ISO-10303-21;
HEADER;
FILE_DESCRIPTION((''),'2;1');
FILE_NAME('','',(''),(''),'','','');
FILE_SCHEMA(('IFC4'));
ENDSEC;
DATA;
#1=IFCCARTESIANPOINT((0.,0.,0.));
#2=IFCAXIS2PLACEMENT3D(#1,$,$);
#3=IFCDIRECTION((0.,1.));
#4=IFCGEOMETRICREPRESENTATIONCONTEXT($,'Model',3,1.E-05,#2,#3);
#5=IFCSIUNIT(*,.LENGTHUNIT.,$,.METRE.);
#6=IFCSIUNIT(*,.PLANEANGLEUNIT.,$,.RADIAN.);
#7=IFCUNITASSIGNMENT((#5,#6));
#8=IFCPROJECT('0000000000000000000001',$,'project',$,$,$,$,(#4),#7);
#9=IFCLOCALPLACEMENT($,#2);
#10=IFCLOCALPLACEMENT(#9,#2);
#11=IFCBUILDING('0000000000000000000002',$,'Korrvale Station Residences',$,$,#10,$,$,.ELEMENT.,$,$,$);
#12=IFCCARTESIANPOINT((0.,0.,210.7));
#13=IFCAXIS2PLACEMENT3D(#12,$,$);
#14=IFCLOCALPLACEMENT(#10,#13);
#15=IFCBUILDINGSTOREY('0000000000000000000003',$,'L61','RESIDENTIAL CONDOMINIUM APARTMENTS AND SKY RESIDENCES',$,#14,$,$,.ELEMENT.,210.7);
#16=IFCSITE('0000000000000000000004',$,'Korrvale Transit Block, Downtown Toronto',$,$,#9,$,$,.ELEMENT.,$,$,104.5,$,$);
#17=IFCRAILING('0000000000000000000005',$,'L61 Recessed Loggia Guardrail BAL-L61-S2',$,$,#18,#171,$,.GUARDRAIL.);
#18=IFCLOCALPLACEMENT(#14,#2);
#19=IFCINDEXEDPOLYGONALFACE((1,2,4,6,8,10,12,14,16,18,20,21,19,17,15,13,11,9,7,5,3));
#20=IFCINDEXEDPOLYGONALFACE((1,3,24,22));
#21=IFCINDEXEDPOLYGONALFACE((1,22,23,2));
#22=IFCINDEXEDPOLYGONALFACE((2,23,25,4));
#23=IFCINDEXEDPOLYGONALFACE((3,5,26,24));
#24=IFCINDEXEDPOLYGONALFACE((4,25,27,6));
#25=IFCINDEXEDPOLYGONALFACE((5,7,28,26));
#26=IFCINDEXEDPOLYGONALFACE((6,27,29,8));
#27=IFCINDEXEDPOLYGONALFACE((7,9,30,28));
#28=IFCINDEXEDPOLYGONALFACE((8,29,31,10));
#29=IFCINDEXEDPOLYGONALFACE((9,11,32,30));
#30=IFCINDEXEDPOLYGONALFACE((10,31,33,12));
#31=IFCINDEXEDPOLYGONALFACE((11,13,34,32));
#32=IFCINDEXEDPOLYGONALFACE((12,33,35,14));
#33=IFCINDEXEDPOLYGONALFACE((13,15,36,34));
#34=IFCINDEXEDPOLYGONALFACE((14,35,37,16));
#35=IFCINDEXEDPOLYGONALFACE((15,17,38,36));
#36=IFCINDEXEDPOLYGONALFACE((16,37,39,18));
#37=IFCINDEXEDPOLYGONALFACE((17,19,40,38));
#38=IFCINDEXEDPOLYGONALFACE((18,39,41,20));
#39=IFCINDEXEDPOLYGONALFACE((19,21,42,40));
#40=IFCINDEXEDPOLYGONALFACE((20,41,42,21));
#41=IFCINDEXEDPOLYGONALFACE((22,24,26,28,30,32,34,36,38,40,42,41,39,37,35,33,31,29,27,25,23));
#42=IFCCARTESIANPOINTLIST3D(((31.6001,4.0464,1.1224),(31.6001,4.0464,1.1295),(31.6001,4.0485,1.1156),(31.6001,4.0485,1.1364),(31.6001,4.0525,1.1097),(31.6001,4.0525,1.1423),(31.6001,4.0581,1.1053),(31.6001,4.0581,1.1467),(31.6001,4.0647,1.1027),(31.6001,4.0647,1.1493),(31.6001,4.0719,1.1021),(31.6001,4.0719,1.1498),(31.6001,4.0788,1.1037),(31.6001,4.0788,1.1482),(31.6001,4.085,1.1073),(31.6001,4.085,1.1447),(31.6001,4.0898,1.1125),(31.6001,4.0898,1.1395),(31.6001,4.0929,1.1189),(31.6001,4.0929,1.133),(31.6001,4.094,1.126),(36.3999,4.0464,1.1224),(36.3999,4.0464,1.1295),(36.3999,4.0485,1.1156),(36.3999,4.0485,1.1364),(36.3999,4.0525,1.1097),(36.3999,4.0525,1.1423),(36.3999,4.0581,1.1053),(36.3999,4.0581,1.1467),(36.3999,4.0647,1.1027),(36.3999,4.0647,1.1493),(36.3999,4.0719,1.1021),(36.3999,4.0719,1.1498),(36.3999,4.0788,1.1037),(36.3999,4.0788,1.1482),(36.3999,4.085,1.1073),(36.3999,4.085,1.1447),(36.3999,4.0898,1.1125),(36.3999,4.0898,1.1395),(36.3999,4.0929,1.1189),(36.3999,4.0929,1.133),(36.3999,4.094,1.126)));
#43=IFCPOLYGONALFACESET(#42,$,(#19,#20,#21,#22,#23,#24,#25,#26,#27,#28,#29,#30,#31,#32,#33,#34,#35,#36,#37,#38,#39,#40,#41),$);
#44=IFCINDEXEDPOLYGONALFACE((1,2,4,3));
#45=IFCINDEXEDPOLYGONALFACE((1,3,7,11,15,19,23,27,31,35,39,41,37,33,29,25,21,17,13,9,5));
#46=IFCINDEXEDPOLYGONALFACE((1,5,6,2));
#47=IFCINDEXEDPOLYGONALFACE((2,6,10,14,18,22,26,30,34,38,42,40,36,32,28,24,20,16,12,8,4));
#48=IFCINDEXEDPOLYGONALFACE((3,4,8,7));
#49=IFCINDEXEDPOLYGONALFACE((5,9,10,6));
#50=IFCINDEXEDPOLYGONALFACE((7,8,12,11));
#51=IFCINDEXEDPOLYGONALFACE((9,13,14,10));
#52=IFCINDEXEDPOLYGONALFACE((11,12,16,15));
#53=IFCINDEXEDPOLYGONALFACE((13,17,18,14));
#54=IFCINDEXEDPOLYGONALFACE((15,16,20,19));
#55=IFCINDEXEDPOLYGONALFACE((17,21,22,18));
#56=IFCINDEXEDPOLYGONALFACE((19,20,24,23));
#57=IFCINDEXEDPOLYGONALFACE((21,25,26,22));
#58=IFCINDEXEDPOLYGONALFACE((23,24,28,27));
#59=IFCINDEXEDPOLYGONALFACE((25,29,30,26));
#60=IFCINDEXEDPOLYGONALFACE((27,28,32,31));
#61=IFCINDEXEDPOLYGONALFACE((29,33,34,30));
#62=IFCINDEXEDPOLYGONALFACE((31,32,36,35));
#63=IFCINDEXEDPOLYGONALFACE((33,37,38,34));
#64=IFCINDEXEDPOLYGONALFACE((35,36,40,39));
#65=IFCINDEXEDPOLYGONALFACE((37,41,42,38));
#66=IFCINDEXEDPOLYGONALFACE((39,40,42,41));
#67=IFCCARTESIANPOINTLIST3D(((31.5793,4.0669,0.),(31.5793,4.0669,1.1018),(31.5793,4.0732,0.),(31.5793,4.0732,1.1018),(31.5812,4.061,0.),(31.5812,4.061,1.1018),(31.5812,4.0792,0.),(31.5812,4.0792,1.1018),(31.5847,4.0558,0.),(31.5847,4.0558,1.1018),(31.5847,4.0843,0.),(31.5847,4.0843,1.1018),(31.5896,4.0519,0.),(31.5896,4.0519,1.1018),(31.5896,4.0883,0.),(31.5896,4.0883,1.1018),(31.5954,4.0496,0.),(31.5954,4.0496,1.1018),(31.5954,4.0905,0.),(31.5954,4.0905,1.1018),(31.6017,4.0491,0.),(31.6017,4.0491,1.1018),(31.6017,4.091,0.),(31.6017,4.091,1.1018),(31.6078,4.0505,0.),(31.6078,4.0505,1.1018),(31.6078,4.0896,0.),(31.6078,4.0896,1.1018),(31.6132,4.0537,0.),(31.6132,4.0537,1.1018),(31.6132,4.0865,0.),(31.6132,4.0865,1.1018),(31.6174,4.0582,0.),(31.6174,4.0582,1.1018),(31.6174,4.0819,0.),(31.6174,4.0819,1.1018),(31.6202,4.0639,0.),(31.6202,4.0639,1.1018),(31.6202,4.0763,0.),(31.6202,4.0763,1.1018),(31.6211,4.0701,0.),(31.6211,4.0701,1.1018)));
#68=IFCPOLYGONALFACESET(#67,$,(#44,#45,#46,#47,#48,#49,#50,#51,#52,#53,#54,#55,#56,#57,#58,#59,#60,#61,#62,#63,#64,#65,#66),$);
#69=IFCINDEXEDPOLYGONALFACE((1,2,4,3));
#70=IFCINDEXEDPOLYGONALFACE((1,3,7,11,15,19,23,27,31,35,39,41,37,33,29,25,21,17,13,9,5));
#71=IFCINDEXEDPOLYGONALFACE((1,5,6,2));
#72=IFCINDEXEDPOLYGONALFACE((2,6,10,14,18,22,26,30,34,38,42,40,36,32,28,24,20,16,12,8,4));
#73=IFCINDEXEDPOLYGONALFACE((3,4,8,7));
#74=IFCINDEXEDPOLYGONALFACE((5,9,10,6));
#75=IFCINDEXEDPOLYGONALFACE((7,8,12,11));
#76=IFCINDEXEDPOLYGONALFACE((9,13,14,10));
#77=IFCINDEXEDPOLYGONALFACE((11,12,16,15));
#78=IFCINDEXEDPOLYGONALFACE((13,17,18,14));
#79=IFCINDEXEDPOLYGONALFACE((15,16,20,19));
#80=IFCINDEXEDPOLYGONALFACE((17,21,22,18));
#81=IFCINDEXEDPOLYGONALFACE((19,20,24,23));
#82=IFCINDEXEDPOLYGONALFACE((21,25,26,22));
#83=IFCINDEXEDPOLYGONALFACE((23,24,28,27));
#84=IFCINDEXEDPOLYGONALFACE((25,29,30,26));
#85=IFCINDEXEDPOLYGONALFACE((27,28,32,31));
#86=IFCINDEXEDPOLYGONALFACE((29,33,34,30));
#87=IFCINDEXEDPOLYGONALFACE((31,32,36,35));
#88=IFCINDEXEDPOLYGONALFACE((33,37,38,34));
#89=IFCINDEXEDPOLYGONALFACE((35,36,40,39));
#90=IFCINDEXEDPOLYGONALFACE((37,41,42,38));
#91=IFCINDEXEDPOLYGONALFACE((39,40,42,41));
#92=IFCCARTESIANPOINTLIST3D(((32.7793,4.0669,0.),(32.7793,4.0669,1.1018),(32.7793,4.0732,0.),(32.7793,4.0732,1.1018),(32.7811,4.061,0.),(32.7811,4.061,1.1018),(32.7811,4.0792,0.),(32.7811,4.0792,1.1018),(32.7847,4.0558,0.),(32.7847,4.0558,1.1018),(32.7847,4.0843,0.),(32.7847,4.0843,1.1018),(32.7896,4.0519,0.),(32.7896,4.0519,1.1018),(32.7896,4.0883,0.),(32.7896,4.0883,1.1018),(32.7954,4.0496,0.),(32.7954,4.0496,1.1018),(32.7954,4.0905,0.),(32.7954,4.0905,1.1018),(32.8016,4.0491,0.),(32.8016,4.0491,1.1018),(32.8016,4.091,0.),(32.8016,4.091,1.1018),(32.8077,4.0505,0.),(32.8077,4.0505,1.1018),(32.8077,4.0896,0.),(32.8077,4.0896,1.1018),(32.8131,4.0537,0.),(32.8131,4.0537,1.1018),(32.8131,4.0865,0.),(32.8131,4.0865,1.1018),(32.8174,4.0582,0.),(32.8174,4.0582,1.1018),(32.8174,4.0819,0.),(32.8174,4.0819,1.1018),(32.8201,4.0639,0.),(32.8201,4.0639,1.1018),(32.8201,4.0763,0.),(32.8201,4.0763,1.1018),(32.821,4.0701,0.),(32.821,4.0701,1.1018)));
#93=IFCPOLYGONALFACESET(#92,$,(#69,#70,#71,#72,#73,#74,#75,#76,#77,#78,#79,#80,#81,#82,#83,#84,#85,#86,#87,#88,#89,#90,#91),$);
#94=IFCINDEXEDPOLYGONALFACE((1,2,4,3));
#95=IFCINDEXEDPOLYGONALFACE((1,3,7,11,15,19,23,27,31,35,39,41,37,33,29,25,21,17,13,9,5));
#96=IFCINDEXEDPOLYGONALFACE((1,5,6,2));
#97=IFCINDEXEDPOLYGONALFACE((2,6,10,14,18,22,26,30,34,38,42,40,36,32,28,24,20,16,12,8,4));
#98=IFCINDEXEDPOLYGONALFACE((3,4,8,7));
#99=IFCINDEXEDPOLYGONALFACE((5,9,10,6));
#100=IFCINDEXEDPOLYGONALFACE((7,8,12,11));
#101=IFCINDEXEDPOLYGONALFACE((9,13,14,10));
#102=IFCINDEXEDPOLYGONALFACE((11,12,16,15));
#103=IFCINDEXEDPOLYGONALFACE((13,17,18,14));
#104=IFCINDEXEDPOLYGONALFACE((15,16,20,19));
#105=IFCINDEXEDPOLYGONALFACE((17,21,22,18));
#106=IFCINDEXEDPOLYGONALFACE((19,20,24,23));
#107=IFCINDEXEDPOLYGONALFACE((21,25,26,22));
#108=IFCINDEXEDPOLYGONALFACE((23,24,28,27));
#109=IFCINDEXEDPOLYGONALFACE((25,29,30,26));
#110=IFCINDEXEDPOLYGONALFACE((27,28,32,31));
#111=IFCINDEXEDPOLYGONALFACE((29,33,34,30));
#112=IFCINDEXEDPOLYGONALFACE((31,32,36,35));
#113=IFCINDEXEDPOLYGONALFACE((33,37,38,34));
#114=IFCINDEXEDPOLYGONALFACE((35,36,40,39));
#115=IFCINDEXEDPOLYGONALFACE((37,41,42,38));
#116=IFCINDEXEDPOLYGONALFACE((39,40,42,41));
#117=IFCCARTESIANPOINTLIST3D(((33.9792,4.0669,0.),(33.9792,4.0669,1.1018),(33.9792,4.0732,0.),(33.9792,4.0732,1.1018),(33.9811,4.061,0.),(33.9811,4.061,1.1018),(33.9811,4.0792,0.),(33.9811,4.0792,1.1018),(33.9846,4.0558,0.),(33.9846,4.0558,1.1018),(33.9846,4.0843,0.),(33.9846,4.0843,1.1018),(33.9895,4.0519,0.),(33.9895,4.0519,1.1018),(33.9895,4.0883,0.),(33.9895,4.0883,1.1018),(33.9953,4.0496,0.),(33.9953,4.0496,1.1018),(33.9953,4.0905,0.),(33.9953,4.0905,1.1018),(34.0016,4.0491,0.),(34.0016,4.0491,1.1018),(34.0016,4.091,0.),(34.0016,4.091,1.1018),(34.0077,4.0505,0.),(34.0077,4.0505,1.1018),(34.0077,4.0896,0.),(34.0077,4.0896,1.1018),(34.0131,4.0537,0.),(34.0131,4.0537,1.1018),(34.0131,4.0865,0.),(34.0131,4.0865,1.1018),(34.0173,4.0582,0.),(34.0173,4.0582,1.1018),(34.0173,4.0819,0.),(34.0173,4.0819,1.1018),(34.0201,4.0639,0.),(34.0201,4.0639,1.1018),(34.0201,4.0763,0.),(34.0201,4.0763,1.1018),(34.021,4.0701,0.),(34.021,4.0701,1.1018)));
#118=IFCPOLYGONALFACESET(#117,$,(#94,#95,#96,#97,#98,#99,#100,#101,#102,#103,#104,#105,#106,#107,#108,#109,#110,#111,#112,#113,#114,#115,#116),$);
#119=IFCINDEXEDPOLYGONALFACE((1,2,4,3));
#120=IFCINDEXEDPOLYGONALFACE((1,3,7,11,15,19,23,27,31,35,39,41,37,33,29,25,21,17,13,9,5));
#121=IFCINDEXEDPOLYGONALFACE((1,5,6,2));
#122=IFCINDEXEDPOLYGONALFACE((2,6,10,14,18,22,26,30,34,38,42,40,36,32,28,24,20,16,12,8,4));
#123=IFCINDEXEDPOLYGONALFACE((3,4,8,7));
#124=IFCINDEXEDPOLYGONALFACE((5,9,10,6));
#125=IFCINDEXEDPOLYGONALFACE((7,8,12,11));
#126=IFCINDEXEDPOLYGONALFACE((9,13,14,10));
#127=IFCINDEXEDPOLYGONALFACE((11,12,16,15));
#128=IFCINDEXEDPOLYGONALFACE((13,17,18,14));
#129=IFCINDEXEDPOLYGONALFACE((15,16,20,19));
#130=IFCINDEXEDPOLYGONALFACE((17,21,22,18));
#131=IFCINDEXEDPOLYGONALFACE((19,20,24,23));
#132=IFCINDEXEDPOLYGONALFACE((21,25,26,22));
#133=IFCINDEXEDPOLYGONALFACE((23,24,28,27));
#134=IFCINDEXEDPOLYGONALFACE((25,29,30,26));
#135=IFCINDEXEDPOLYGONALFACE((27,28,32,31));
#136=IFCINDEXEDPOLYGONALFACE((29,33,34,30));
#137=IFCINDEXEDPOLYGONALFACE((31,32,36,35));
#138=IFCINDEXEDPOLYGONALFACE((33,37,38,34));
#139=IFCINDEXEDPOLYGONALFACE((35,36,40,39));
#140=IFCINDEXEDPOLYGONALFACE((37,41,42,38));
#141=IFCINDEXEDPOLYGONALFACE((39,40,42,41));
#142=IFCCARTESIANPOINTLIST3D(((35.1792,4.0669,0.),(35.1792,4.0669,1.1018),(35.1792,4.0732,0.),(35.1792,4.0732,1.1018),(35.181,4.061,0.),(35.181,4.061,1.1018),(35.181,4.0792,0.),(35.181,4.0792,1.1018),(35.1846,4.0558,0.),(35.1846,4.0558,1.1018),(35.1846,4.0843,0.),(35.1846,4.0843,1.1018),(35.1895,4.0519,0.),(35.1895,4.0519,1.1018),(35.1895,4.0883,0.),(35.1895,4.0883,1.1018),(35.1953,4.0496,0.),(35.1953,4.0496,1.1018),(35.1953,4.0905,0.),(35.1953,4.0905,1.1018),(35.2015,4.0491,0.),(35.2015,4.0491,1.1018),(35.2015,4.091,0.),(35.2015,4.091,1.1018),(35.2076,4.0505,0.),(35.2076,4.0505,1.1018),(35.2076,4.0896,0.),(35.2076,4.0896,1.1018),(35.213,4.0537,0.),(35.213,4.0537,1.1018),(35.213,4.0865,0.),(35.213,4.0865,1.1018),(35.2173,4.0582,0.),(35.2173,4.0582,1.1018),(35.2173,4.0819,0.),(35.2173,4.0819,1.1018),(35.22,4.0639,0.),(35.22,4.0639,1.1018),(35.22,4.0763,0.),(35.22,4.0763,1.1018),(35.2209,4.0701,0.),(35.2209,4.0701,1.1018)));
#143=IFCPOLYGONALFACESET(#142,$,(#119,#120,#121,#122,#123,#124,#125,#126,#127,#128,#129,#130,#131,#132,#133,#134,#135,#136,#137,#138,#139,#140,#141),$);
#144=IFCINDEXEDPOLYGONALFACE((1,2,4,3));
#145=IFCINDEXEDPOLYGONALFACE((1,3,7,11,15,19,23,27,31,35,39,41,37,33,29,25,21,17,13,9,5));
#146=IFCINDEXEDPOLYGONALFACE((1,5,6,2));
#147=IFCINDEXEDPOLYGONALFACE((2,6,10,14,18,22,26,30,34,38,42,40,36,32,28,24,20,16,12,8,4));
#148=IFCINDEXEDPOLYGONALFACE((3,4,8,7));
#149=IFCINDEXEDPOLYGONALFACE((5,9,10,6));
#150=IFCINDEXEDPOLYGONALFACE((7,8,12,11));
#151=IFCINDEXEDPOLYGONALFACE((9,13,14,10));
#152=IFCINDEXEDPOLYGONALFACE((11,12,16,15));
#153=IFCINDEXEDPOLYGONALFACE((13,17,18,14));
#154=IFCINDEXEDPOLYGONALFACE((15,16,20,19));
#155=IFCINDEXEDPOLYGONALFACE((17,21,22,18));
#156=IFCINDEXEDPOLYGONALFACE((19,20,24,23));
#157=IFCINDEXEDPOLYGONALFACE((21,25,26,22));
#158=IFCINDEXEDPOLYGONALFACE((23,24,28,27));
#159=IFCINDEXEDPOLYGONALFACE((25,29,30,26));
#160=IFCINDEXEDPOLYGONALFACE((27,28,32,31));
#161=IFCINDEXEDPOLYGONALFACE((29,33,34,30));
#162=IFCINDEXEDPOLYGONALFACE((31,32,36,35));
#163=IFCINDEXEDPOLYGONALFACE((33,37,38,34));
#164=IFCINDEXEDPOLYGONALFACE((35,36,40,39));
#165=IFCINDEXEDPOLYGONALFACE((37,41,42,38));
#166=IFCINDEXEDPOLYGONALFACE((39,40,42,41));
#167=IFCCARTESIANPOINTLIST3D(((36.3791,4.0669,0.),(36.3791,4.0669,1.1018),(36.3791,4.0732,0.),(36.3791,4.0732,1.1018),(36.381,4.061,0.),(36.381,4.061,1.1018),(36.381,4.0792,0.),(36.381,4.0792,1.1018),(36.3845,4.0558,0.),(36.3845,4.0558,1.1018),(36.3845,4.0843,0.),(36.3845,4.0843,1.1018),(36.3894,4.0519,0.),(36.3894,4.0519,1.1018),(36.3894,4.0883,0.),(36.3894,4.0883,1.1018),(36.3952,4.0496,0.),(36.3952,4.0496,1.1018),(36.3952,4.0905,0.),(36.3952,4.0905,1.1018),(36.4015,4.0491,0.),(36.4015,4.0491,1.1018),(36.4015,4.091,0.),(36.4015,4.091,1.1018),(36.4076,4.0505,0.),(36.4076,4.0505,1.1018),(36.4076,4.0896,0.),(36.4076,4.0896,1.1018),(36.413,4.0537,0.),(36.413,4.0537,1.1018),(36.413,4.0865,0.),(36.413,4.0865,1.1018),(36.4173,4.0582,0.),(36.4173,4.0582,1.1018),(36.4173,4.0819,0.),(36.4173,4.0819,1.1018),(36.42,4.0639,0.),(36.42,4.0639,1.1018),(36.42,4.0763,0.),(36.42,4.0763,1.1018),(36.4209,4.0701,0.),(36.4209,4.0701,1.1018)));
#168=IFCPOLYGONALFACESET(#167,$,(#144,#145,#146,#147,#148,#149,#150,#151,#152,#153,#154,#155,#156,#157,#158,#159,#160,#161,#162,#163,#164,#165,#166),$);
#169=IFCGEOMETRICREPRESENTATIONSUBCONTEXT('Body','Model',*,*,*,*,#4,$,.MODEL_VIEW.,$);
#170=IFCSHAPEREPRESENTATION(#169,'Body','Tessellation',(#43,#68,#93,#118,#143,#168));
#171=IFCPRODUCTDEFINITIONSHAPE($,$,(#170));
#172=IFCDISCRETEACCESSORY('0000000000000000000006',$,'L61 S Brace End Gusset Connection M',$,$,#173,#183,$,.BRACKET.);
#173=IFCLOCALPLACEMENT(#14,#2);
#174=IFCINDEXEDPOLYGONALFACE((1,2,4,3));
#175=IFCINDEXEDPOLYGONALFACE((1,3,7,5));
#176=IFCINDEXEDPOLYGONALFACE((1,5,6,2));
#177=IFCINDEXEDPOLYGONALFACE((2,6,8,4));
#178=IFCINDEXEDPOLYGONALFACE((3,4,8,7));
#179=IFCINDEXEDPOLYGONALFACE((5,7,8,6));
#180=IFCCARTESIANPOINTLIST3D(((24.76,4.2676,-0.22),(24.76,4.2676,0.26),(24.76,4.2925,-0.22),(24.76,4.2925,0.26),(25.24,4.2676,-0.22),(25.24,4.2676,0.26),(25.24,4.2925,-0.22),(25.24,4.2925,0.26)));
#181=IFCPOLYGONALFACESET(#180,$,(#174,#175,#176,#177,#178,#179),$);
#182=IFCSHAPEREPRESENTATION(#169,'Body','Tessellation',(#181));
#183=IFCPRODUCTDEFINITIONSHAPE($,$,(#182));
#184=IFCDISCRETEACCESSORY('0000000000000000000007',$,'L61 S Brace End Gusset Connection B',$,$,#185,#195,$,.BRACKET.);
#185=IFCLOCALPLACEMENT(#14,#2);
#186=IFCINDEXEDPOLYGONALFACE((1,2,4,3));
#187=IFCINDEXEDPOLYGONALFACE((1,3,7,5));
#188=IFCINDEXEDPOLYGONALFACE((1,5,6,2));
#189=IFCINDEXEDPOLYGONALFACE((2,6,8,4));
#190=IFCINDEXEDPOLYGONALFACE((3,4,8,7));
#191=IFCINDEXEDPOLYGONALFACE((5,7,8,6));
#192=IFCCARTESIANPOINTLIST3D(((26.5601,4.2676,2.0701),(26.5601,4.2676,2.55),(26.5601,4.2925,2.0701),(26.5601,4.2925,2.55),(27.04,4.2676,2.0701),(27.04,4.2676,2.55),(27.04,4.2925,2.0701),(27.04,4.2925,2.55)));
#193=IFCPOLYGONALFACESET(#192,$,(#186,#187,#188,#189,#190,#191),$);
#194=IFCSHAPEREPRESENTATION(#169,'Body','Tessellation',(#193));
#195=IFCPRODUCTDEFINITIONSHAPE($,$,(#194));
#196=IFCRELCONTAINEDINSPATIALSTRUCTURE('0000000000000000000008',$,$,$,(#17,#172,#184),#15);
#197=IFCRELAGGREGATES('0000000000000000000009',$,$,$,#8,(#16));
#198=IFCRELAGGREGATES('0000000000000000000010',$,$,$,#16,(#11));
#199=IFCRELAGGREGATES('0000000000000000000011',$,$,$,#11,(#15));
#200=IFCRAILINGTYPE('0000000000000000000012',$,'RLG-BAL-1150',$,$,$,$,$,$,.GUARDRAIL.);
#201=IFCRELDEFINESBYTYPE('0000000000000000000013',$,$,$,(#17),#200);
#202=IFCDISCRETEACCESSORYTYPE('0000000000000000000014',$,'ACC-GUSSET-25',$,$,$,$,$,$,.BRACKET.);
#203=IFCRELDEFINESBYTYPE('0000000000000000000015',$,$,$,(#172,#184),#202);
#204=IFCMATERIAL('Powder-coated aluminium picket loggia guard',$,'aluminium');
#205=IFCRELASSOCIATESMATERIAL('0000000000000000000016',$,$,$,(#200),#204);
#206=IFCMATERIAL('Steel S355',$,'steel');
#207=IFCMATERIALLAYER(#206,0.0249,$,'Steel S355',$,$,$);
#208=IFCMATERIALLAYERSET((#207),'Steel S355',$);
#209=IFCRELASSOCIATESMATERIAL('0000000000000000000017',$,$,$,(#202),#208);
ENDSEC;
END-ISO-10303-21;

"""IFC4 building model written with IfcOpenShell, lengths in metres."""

from ifc_helpers import new_model, si_unit, direction, frame, origin, origin_2d, place, context, subcontext, project, spatial, rectangle, circle, extrude, material, layer, layer_set, type_object, element, save


model = new_model("IFC4")

# Units and contexts
model_context = context("Model", 3, precision=1e-05, world=origin(), true_north=direction((0.0, 1.0)))
body_context = subcontext(model_context, "Body", "Model", "MODEL_VIEW")
ifc_project = project(units=[si_unit("LENGTHUNIT", "METRE"), si_unit("PLANEANGLEUNIT", "RADIAN")], contexts=[model_context])

# Site, building, storey
site_placement = place(None, origin())
site = spatial("IfcSite", under=ifc_project, at=site_placement, Name="Korrvale Transit Block, Downtown Toronto", CompositionType="ELEMENT", RefElevation=104.5)
building_placement = place(site_placement, origin())
building = spatial("IfcBuilding", under=site, at=building_placement, Name="Korrvale Station Residences", CompositionType="ELEMENT")
storey_placement = place(building_placement, frame((0.0, 0.0, 210.7)))
storey = spatial("IfcBuildingStorey", under=building, at=storey_placement, Name="L61", Description="RESIDENTIAL CONDOMINIUM APARTMENTS AND SKY RESIDENCES", CompositionType="ELEMENT", Elevation=210.7)

# Shared definitions
ifc_material_1 = material(Name="Steel S355", Category="steel")

# Railing
ifc_material_2 = material(Name="Powder-coated aluminium picket loggia guard", Category="aluminium")
railing_type = type_object("IfcRailingType", Name="RLG-BAL-1150", PredefinedType="GUARDRAIL", material=ifc_material_2)
railing_placement = place(storey_placement, frame((31.6001, 4.0701, 0.0)))
element("IfcRailing", 1, at=railing_placement, inside=storey, type_object=railing_type, Name="L61 Recessed Loggia Guardrail BAL-L61-S2", PredefinedType="GUARDRAIL", context=body_context, shape_type="SweptSolid", body=[
    extrude(circle(Radius=0.0239, at=origin_2d()), frame((0.0, 0.0, 1.126), z_axis=(1.0, 0.0, 0.0), x_axis=(0.0, 1.0, 0.0)), (0.0, 0.0, 1.0), 4.7998),
    extrude(circle(Radius=0.021, at=origin_2d()), origin(), (0.0, 0.0, 1.0), 1.1018),
    extrude(circle(Radius=0.021, at=origin_2d()), frame((1.2, 0.0, 0.0)), (0.0, 0.0, 1.0), 1.1018),
    extrude(circle(Radius=0.021, at=origin_2d()), frame((2.3999, 0.0, 0.0)), (0.0, 0.0, 1.0), 1.1018),
    extrude(circle(Radius=0.021, at=origin_2d()), frame((3.5999, 0.0, 0.0)), (0.0, 0.0, 1.0), 1.1018),
    extrude(circle(Radius=0.021, at=origin_2d()), frame((4.7998, 0.0, 0.0)), (0.0, 0.0, 1.0), 1.1018),
])

# Discrete accessories
ifc_layer_1 = layer(ifc_material_1, 0.0249, Name="Steel S355")
ifc_layer_set_1 = layer_set([ifc_layer_1], Name="Steel S355")
discrete_accessory_type = type_object("IfcDiscreteAccessoryType", Name="ACC-GUSSET-25", PredefinedType="BRACKET", material=ifc_layer_set_1)
for number, where, z_axis, x_axis, name in (
    (2, (25.0, 4.28, -0.22), (0.0, 0.0, 1.0), (1.0, 0.0, 0.0), "L61 S Brace End Gusset Connection M"),
    (3, (26.8, 4.28, 2.0701), (0.0, 0.0, 1.0), (1.0, 0.0, 0.0), "L61 S Brace End Gusset Connection B"),
):
    element("IfcDiscreteAccessory", number, at=place(storey_placement, frame(where, z_axis=z_axis, x_axis=x_axis)), inside=storey, type_object=discrete_accessory_type, Name=name, PredefinedType="BRACKET", context=body_context, shape_type="SweptSolid", body=[
        extrude(rectangle(XDim=0.48, YDim=0.0249, at=origin_2d()), origin(), (0.0, 0.0, 1.0), 0.48),
    ])

save(model, "model.ifc")
